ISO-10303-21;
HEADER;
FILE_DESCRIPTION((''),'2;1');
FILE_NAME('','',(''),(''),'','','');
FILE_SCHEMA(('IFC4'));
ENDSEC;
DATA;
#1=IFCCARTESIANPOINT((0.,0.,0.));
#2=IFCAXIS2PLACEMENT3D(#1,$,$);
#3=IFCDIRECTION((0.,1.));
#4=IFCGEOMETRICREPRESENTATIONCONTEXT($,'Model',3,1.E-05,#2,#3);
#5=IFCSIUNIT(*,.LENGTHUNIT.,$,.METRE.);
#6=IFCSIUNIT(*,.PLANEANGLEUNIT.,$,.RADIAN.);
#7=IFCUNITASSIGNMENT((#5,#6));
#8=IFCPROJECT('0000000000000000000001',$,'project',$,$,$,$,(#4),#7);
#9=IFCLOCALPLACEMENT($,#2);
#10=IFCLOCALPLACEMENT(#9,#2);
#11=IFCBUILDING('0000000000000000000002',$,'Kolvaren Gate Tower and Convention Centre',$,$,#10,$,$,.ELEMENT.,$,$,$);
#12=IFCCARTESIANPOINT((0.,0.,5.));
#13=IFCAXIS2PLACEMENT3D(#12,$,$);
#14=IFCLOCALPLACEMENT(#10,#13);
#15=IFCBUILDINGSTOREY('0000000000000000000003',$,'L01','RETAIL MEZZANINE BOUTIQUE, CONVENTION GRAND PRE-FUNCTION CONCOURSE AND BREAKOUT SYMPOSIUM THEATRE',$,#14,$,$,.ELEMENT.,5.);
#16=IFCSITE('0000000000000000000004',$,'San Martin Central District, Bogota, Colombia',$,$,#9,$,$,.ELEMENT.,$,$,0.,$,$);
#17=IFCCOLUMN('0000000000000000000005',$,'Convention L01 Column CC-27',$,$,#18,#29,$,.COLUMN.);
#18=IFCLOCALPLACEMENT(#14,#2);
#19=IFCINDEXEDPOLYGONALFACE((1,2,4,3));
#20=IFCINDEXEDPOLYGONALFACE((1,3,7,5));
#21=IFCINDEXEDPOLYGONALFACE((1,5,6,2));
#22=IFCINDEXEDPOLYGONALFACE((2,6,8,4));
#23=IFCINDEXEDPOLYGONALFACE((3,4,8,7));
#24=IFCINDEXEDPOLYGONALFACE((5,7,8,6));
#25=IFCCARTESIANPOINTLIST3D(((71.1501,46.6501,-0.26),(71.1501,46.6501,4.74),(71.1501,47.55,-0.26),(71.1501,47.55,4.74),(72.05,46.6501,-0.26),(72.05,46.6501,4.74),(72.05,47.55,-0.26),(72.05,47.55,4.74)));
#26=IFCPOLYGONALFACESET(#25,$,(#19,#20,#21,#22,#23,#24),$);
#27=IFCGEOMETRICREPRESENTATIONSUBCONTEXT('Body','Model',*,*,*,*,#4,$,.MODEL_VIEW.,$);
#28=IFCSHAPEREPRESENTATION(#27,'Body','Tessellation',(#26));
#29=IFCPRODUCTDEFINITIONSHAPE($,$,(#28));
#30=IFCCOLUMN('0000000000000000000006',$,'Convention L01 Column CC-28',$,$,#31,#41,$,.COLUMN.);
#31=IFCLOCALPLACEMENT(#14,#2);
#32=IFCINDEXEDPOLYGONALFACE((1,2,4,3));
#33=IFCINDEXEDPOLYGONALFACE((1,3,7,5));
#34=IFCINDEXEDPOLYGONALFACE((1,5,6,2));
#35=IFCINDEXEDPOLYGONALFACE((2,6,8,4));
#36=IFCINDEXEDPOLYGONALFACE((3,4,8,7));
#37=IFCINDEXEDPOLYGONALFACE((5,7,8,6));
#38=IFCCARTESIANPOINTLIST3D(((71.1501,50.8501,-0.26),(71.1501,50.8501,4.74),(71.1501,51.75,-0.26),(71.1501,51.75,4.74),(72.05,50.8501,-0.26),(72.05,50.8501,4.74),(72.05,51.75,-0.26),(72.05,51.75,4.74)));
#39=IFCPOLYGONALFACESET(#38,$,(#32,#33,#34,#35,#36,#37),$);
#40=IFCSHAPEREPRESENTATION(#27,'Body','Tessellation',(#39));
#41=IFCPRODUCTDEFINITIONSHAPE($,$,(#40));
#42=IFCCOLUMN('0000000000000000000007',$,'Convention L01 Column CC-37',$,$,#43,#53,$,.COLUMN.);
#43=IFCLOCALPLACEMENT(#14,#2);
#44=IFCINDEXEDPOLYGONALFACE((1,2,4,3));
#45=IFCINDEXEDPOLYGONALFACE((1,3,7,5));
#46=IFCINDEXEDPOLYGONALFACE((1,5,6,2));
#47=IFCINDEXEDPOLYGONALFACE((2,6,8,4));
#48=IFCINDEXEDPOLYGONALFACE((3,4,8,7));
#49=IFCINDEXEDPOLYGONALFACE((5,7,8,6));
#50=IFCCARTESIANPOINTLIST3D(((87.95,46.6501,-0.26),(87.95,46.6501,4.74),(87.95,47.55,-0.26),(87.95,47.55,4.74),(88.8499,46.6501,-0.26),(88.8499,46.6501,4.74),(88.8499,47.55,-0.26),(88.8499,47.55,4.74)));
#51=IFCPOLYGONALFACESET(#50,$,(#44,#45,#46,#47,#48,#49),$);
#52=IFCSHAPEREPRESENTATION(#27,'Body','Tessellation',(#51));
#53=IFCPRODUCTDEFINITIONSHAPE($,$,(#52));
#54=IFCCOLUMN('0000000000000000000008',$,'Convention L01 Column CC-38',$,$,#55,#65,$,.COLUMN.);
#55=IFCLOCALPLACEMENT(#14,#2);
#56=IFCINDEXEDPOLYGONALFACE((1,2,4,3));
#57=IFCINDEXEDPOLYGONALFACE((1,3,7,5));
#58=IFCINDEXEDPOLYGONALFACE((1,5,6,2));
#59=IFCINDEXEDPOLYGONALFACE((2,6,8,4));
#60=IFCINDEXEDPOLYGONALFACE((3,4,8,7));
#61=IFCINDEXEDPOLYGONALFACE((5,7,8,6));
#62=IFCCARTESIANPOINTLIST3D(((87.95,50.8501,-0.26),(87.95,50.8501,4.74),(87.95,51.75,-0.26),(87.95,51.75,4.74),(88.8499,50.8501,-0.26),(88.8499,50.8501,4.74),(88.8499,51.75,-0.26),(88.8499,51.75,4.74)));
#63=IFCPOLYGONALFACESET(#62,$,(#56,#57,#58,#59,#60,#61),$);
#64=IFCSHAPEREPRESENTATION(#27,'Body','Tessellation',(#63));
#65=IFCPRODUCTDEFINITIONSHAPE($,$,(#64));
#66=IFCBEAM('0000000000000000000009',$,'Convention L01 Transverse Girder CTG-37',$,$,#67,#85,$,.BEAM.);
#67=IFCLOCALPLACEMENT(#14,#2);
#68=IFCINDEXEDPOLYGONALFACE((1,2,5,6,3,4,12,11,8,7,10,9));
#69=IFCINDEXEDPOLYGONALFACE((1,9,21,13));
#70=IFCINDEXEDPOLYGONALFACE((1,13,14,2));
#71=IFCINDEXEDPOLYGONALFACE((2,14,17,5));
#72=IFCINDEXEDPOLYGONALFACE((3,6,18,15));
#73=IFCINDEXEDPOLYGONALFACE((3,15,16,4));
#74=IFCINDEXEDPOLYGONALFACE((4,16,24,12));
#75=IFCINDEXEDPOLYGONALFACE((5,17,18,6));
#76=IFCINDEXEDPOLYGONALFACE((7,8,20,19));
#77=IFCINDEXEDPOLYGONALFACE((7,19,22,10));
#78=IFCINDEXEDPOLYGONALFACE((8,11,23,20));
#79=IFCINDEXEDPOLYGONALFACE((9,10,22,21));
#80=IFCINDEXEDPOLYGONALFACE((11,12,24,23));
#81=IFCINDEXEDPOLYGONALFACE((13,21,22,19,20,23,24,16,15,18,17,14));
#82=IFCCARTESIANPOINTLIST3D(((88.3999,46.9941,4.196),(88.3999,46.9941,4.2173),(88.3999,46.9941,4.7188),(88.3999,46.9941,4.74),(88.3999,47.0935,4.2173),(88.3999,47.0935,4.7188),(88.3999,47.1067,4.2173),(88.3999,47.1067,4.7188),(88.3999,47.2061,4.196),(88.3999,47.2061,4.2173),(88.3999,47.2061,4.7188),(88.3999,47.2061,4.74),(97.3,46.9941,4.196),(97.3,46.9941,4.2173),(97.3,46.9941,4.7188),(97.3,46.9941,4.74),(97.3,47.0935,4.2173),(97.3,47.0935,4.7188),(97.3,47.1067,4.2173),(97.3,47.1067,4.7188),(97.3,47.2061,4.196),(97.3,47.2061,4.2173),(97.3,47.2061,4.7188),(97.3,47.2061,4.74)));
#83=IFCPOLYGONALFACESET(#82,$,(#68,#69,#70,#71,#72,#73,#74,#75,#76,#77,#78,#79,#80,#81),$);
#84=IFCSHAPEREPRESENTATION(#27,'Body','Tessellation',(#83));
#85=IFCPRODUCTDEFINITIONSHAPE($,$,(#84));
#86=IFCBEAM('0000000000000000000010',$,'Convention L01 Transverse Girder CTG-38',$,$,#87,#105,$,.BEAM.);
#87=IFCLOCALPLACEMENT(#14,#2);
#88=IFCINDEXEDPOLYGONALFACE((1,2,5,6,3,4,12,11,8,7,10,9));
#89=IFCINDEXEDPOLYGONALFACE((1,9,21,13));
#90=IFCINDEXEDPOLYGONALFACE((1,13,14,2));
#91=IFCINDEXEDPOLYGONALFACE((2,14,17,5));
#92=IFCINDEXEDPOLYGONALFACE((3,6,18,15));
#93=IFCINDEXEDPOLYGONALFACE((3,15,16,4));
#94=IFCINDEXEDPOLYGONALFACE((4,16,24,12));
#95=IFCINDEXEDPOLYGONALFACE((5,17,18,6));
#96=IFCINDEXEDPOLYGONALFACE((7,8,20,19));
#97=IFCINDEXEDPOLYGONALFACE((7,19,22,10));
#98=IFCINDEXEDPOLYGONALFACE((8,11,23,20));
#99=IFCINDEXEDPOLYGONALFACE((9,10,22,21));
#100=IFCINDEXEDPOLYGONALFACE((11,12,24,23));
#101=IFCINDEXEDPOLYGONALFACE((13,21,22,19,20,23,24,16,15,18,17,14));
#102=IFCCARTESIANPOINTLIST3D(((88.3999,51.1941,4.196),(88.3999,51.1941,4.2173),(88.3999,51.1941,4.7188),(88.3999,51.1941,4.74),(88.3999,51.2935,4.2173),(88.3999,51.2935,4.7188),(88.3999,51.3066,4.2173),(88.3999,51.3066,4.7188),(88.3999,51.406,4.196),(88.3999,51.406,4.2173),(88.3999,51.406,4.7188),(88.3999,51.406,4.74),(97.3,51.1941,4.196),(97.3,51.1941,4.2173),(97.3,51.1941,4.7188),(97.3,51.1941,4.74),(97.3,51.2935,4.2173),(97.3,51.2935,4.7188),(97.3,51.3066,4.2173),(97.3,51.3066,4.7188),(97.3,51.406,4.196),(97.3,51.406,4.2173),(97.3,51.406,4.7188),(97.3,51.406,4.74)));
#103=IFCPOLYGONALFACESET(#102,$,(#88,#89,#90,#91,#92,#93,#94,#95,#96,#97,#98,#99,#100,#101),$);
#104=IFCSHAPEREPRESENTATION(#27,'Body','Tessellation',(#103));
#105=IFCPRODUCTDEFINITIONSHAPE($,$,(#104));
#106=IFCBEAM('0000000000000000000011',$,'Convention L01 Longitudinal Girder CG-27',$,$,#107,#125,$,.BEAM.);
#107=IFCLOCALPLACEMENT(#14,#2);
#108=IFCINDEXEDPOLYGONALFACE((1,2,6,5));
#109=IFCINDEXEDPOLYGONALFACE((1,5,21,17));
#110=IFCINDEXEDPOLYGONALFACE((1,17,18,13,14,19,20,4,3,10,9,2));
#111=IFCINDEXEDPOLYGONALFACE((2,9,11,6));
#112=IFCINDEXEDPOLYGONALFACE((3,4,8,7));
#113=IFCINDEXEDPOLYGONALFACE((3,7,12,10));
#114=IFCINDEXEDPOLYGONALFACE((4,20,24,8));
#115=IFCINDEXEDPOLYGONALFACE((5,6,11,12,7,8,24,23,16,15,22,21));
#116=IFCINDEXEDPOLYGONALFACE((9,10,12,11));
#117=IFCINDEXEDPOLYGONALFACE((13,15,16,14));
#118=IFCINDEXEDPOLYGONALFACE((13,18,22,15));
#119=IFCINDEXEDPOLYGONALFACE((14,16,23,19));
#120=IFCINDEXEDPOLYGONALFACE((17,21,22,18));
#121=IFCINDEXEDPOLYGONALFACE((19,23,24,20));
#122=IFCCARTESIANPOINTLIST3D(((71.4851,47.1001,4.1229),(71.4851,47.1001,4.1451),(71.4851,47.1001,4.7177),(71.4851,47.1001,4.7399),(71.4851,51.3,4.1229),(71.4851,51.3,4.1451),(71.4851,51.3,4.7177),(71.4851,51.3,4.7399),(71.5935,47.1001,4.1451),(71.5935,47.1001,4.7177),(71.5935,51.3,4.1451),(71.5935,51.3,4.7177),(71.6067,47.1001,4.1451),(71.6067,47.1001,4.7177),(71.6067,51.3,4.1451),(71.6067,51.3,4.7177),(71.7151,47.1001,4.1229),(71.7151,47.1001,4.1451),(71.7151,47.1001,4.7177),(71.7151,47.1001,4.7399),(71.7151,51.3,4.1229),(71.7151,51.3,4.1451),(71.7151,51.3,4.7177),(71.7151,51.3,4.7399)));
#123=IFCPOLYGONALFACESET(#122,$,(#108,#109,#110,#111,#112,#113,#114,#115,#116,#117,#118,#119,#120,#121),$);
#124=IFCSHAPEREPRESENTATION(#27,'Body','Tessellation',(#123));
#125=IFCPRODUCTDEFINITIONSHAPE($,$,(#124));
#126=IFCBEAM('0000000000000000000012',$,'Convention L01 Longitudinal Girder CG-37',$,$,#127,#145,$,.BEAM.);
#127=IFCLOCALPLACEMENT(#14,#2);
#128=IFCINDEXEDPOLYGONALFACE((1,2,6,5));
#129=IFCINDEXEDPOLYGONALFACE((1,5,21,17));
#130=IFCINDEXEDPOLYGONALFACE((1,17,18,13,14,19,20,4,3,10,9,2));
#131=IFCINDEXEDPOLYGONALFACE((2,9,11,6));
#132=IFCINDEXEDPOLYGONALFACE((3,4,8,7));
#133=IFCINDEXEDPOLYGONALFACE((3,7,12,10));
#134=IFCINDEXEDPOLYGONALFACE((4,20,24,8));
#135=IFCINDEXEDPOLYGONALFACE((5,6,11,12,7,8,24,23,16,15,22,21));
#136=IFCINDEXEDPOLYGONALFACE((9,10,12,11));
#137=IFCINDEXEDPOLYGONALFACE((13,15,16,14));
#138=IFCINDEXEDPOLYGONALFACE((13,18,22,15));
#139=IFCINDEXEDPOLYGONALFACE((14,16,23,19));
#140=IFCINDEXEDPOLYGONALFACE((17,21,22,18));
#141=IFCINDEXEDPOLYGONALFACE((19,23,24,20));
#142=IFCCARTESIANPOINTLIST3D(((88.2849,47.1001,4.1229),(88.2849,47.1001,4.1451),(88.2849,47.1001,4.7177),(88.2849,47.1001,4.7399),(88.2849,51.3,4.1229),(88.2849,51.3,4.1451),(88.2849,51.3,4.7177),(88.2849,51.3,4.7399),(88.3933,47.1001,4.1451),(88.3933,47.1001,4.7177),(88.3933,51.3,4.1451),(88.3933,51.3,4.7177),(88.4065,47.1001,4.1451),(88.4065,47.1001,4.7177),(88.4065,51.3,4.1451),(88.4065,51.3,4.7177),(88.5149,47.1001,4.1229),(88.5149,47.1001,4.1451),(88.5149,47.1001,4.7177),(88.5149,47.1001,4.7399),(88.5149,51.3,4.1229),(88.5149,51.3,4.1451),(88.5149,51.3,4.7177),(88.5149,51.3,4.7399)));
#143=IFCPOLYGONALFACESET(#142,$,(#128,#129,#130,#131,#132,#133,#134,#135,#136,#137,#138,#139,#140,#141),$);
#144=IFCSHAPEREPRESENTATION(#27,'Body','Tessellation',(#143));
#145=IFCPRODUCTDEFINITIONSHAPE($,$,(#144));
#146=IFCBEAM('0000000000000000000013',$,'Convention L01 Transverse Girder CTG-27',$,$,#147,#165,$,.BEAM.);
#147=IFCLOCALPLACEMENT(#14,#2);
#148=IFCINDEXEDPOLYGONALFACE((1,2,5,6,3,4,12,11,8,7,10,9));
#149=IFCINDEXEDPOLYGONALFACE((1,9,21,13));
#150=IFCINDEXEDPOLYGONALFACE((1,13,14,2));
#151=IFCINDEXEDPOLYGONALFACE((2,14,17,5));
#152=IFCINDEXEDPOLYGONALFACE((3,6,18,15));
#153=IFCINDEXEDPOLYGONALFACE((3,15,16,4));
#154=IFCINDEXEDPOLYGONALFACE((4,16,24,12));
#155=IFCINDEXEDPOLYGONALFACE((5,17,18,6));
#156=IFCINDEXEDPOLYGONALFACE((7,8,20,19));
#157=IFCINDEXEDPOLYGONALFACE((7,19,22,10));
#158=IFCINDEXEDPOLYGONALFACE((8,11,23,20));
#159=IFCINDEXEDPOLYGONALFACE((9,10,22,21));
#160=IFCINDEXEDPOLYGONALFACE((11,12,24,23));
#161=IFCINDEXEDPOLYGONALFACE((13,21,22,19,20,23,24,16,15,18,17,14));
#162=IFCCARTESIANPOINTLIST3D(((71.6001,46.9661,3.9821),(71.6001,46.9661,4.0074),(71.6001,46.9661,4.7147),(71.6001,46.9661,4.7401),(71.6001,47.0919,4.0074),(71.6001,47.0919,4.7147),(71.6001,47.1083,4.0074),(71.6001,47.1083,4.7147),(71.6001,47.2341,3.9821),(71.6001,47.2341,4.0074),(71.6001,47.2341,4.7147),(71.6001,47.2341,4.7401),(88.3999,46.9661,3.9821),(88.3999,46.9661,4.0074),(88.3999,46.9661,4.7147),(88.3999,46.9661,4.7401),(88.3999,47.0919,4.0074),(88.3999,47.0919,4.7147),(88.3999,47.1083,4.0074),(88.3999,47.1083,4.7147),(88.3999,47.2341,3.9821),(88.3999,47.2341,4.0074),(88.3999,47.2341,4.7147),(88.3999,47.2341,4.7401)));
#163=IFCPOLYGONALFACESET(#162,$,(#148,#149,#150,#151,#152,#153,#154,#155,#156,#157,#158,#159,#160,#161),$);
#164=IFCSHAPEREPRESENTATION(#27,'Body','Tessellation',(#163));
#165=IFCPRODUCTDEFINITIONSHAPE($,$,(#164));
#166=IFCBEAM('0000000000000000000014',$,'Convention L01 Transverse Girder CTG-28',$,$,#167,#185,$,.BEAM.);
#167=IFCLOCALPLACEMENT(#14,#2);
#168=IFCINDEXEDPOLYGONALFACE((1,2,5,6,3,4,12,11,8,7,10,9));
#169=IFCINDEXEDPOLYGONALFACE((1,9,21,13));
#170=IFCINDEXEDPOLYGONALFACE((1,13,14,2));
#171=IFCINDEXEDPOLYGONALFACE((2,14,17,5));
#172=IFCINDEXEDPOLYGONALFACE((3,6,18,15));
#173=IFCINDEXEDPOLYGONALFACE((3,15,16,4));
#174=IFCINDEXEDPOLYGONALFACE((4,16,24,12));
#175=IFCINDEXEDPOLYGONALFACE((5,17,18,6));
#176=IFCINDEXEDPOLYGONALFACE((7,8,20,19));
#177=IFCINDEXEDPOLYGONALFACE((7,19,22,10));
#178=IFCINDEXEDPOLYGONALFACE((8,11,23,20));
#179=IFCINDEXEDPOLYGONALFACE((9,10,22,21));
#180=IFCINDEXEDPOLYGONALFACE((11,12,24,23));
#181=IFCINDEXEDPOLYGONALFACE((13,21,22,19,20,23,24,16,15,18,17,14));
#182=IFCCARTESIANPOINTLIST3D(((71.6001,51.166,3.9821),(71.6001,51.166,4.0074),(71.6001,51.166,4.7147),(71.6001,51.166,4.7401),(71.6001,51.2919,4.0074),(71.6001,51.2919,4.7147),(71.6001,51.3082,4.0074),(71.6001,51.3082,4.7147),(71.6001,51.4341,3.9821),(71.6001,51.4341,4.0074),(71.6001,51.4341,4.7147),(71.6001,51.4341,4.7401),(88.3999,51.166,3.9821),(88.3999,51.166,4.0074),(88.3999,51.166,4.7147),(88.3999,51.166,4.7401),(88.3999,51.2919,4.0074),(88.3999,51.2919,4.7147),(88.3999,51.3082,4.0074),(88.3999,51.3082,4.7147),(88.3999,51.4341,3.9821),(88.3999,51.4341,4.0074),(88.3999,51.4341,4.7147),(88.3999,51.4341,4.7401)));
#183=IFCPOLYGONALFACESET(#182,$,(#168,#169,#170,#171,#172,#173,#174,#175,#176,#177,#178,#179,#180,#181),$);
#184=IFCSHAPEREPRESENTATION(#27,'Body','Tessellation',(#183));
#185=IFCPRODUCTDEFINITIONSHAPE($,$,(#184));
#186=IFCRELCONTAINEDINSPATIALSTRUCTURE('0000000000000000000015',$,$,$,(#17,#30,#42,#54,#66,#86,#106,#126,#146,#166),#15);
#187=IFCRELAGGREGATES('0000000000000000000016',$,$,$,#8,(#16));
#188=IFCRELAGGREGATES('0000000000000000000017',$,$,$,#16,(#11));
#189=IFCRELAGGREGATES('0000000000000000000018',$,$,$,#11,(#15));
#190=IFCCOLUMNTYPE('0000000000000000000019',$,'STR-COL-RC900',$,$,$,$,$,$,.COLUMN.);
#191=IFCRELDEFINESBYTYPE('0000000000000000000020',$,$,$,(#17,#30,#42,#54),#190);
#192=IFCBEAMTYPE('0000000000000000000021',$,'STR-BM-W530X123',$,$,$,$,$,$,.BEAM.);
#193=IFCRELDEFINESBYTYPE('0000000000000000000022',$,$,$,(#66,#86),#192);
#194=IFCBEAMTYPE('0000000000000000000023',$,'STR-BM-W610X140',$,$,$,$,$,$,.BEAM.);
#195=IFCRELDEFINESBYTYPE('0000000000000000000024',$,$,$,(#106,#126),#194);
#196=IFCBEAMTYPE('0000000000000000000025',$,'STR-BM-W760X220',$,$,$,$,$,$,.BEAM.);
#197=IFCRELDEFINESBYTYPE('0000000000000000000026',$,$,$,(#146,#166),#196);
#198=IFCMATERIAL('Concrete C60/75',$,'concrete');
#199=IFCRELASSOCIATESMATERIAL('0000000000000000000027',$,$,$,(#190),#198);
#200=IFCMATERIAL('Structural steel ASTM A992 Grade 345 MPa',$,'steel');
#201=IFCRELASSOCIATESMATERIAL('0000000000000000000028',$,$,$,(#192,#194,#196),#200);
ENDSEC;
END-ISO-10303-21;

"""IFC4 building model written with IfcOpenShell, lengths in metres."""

from ifc_helpers import new_model, si_unit, direction, frame, origin, origin_2d, place, context, subcontext, project, spatial, rectangle, i_section, extrude, material, material_profile, profile_set, type_object, element, save


model = new_model("IFC4")

# Units and contexts
model_context = context("Model", 3, precision=1e-05, world=origin(), true_north=direction((0.0, 1.0)))
body_context = subcontext(model_context, "Body", "Model", "MODEL_VIEW")
ifc_project = project(units=[si_unit("LENGTHUNIT", "METRE"), si_unit("PLANEANGLEUNIT", "RADIAN")], contexts=[model_context])

# Site, building, storey
site_placement = place(None, origin())
site = spatial("IfcSite", under=ifc_project, at=site_placement, Name="San Martin Central District, Bogota, Colombia", CompositionType="ELEMENT", RefElevation=0.0)
building_placement = place(site_placement, origin())
building = spatial("IfcBuilding", under=site, at=building_placement, Name="Kolvaren Gate Tower and Convention Centre", CompositionType="ELEMENT")
storey_placement = place(building_placement, frame((0.0, 0.0, 5.0)))
storey = spatial("IfcBuildingStorey", under=building, at=storey_placement, Name="L01", Description="RETAIL MEZZANINE BOUTIQUE, CONVENTION GRAND PRE-FUNCTION CONCOURSE AND BREAKOUT SYMPOSIUM THEATRE", CompositionType="ELEMENT", Elevation=5.0)

# Columns
ifc_material_1 = material(Name="Concrete C60/75", Category="concrete")
ifc_material_profile_1 = material_profile(ifc_material_1, rectangle(XDim=0.8999, YDim=0.8999, at=origin_2d()), Name="RC-COL-900X900")
ifc_profile_set_1 = profile_set([ifc_material_profile_1], Name="Concrete C60/75")
column_type = type_object("IfcColumnType", Name="STR-COL-RC900", PredefinedType="COLUMN", material=ifc_profile_set_1)
for number, where, z_axis, x_axis, name in (
    (1, (71.6001, 47.1001, -0.26), (0.0, 0.0, 1.0), (1.0, 0.0, 0.0), "Convention L01 Column CC-27"),
    (2, (71.6001, 51.3, -0.26), (0.0, 0.0, 1.0), (1.0, 0.0, 0.0), "Convention L01 Column CC-28"),
    (3, (88.3999, 47.1001, -0.26), (0.0, 0.0, 1.0), (1.0, 0.0, 0.0), "Convention L01 Column CC-37"),
    (4, (88.3999, 51.3, -0.26), (0.0, 0.0, 1.0), (1.0, 0.0, 0.0), "Convention L01 Column CC-38"),
):
    element("IfcColumn", number, at=place(storey_placement, frame(where, z_axis=z_axis, x_axis=x_axis)), inside=storey, type_object=column_type, Name=name, PredefinedType="COLUMN", context=body_context, shape_type="SweptSolid", body=[
        extrude(rectangle(XDim=0.8999, YDim=0.8999, at=origin_2d()), origin(), (0.0, 0.0, 1.0), 5.0),
    ])

# Beams
ifc_material_2 = material(Name="Structural steel ASTM A992 Grade 345 MPa", Category="steel")
ifc_material_profile_2 = material_profile(ifc_material_2, i_section(OverallWidth=0.2119, OverallDepth=0.5439, WebThickness=0.0132, FlangeThickness=0.0212, at=origin_2d()), Name="W530X123")
ifc_profile_set_2 = profile_set([ifc_material_profile_2], Name="Structural steel ASTM A992 Grade 345 MPa")
beam_type_1 = type_object("IfcBeamType", Name="STR-BM-W530X123", PredefinedType="BEAM", material=ifc_profile_set_2)
for number, where, z_axis, x_axis, name in (
    (5, (88.3999, 47.1001, 4.468), (1.0, 0.0, 0.0), (0.0, 1.0, 0.0), "Convention L01 Transverse Girder CTG-37"),
    (6, (88.3999, 51.3, 4.468), (1.0, 0.0, 0.0), (0.0, 1.0, 0.0), "Convention L01 Transverse Girder CTG-38"),
):
    element("IfcBeam", number, at=place(storey_placement, frame(where, z_axis=z_axis, x_axis=x_axis)), inside=storey, type_object=beam_type_1, Name=name, PredefinedType="BEAM", context=body_context, shape_type="SweptSolid", body=[
        extrude(i_section(OverallWidth=0.2119, OverallDepth=0.5439, WebThickness=0.0132, FlangeThickness=0.0212, at=origin_2d()), origin(), (0.0, 0.0, 1.0), 8.9001),
    ])
ifc_material_profile_3 = material_profile(ifc_material_2, i_section(OverallWidth=0.23, OverallDepth=0.6169, WebThickness=0.0132, FlangeThickness=0.0222, at=origin_2d()), Name="W610X140")
ifc_profile_set_3 = profile_set([ifc_material_profile_3], Name="Structural steel ASTM A992 Grade 345 MPa")
beam_type_2 = type_object("IfcBeamType", Name="STR-BM-W610X140", PredefinedType="BEAM", material=ifc_profile_set_3)
for number, where, z_axis, x_axis, name in (
    (7, (71.6001, 47.1001, 4.4314), (0.0, 1.0, 0.0), (-1.0, 0.0, 0.0), "Convention L01 Longitudinal Girder CG-27"),
    (8, (88.3999, 47.1001, 4.4314), (0.0, 1.0, 0.0), (-1.0, 0.0, 0.0), "Convention L01 Longitudinal Girder CG-37"),
):
    element("IfcBeam", number, at=place(storey_placement, frame(where, z_axis=z_axis, x_axis=x_axis)), inside=storey, type_object=beam_type_2, Name=name, PredefinedType="BEAM", context=body_context, shape_type="SweptSolid", body=[
        extrude(i_section(OverallWidth=0.23, OverallDepth=0.6169, WebThickness=0.0132, FlangeThickness=0.0222, at=origin_2d()), origin(), (0.0, 0.0, 1.0), 4.2),
    ])
ifc_material_profile_4 = material_profile(ifc_material_2, i_section(OverallWidth=0.2681, OverallDepth=0.7581, WebThickness=0.0164, FlangeThickness=0.0254, at=origin_2d()), Name="W760X220")
ifc_profile_set_4 = profile_set([ifc_material_profile_4], Name="Structural steel ASTM A992 Grade 345 MPa")
beam_type_3 = type_object("IfcBeamType", Name="STR-BM-W760X220", PredefinedType="BEAM", material=ifc_profile_set_4)
for number, where, z_axis, x_axis, name in (
    (9, (71.6001, 47.1001, 4.3611), (1.0, 0.0, 0.0), (0.0, 1.0, 0.0), "Convention L01 Transverse Girder CTG-27"),
    (10, (71.6001, 51.3, 4.3611), (1.0, 0.0, 0.0), (0.0, 1.0, 0.0), "Convention L01 Transverse Girder CTG-28"),
):
    element("IfcBeam", number, at=place(storey_placement, frame(where, z_axis=z_axis, x_axis=x_axis)), inside=storey, type_object=beam_type_3, Name=name, PredefinedType="BEAM", context=body_context, shape_type="SweptSolid", body=[
        extrude(i_section(OverallWidth=0.2681, OverallDepth=0.7581, WebThickness=0.0164, FlangeThickness=0.0254, at=origin_2d()), origin(), (0.0, 0.0, 1.0), 16.7998),
    ])

save(model, "model.ifc")
